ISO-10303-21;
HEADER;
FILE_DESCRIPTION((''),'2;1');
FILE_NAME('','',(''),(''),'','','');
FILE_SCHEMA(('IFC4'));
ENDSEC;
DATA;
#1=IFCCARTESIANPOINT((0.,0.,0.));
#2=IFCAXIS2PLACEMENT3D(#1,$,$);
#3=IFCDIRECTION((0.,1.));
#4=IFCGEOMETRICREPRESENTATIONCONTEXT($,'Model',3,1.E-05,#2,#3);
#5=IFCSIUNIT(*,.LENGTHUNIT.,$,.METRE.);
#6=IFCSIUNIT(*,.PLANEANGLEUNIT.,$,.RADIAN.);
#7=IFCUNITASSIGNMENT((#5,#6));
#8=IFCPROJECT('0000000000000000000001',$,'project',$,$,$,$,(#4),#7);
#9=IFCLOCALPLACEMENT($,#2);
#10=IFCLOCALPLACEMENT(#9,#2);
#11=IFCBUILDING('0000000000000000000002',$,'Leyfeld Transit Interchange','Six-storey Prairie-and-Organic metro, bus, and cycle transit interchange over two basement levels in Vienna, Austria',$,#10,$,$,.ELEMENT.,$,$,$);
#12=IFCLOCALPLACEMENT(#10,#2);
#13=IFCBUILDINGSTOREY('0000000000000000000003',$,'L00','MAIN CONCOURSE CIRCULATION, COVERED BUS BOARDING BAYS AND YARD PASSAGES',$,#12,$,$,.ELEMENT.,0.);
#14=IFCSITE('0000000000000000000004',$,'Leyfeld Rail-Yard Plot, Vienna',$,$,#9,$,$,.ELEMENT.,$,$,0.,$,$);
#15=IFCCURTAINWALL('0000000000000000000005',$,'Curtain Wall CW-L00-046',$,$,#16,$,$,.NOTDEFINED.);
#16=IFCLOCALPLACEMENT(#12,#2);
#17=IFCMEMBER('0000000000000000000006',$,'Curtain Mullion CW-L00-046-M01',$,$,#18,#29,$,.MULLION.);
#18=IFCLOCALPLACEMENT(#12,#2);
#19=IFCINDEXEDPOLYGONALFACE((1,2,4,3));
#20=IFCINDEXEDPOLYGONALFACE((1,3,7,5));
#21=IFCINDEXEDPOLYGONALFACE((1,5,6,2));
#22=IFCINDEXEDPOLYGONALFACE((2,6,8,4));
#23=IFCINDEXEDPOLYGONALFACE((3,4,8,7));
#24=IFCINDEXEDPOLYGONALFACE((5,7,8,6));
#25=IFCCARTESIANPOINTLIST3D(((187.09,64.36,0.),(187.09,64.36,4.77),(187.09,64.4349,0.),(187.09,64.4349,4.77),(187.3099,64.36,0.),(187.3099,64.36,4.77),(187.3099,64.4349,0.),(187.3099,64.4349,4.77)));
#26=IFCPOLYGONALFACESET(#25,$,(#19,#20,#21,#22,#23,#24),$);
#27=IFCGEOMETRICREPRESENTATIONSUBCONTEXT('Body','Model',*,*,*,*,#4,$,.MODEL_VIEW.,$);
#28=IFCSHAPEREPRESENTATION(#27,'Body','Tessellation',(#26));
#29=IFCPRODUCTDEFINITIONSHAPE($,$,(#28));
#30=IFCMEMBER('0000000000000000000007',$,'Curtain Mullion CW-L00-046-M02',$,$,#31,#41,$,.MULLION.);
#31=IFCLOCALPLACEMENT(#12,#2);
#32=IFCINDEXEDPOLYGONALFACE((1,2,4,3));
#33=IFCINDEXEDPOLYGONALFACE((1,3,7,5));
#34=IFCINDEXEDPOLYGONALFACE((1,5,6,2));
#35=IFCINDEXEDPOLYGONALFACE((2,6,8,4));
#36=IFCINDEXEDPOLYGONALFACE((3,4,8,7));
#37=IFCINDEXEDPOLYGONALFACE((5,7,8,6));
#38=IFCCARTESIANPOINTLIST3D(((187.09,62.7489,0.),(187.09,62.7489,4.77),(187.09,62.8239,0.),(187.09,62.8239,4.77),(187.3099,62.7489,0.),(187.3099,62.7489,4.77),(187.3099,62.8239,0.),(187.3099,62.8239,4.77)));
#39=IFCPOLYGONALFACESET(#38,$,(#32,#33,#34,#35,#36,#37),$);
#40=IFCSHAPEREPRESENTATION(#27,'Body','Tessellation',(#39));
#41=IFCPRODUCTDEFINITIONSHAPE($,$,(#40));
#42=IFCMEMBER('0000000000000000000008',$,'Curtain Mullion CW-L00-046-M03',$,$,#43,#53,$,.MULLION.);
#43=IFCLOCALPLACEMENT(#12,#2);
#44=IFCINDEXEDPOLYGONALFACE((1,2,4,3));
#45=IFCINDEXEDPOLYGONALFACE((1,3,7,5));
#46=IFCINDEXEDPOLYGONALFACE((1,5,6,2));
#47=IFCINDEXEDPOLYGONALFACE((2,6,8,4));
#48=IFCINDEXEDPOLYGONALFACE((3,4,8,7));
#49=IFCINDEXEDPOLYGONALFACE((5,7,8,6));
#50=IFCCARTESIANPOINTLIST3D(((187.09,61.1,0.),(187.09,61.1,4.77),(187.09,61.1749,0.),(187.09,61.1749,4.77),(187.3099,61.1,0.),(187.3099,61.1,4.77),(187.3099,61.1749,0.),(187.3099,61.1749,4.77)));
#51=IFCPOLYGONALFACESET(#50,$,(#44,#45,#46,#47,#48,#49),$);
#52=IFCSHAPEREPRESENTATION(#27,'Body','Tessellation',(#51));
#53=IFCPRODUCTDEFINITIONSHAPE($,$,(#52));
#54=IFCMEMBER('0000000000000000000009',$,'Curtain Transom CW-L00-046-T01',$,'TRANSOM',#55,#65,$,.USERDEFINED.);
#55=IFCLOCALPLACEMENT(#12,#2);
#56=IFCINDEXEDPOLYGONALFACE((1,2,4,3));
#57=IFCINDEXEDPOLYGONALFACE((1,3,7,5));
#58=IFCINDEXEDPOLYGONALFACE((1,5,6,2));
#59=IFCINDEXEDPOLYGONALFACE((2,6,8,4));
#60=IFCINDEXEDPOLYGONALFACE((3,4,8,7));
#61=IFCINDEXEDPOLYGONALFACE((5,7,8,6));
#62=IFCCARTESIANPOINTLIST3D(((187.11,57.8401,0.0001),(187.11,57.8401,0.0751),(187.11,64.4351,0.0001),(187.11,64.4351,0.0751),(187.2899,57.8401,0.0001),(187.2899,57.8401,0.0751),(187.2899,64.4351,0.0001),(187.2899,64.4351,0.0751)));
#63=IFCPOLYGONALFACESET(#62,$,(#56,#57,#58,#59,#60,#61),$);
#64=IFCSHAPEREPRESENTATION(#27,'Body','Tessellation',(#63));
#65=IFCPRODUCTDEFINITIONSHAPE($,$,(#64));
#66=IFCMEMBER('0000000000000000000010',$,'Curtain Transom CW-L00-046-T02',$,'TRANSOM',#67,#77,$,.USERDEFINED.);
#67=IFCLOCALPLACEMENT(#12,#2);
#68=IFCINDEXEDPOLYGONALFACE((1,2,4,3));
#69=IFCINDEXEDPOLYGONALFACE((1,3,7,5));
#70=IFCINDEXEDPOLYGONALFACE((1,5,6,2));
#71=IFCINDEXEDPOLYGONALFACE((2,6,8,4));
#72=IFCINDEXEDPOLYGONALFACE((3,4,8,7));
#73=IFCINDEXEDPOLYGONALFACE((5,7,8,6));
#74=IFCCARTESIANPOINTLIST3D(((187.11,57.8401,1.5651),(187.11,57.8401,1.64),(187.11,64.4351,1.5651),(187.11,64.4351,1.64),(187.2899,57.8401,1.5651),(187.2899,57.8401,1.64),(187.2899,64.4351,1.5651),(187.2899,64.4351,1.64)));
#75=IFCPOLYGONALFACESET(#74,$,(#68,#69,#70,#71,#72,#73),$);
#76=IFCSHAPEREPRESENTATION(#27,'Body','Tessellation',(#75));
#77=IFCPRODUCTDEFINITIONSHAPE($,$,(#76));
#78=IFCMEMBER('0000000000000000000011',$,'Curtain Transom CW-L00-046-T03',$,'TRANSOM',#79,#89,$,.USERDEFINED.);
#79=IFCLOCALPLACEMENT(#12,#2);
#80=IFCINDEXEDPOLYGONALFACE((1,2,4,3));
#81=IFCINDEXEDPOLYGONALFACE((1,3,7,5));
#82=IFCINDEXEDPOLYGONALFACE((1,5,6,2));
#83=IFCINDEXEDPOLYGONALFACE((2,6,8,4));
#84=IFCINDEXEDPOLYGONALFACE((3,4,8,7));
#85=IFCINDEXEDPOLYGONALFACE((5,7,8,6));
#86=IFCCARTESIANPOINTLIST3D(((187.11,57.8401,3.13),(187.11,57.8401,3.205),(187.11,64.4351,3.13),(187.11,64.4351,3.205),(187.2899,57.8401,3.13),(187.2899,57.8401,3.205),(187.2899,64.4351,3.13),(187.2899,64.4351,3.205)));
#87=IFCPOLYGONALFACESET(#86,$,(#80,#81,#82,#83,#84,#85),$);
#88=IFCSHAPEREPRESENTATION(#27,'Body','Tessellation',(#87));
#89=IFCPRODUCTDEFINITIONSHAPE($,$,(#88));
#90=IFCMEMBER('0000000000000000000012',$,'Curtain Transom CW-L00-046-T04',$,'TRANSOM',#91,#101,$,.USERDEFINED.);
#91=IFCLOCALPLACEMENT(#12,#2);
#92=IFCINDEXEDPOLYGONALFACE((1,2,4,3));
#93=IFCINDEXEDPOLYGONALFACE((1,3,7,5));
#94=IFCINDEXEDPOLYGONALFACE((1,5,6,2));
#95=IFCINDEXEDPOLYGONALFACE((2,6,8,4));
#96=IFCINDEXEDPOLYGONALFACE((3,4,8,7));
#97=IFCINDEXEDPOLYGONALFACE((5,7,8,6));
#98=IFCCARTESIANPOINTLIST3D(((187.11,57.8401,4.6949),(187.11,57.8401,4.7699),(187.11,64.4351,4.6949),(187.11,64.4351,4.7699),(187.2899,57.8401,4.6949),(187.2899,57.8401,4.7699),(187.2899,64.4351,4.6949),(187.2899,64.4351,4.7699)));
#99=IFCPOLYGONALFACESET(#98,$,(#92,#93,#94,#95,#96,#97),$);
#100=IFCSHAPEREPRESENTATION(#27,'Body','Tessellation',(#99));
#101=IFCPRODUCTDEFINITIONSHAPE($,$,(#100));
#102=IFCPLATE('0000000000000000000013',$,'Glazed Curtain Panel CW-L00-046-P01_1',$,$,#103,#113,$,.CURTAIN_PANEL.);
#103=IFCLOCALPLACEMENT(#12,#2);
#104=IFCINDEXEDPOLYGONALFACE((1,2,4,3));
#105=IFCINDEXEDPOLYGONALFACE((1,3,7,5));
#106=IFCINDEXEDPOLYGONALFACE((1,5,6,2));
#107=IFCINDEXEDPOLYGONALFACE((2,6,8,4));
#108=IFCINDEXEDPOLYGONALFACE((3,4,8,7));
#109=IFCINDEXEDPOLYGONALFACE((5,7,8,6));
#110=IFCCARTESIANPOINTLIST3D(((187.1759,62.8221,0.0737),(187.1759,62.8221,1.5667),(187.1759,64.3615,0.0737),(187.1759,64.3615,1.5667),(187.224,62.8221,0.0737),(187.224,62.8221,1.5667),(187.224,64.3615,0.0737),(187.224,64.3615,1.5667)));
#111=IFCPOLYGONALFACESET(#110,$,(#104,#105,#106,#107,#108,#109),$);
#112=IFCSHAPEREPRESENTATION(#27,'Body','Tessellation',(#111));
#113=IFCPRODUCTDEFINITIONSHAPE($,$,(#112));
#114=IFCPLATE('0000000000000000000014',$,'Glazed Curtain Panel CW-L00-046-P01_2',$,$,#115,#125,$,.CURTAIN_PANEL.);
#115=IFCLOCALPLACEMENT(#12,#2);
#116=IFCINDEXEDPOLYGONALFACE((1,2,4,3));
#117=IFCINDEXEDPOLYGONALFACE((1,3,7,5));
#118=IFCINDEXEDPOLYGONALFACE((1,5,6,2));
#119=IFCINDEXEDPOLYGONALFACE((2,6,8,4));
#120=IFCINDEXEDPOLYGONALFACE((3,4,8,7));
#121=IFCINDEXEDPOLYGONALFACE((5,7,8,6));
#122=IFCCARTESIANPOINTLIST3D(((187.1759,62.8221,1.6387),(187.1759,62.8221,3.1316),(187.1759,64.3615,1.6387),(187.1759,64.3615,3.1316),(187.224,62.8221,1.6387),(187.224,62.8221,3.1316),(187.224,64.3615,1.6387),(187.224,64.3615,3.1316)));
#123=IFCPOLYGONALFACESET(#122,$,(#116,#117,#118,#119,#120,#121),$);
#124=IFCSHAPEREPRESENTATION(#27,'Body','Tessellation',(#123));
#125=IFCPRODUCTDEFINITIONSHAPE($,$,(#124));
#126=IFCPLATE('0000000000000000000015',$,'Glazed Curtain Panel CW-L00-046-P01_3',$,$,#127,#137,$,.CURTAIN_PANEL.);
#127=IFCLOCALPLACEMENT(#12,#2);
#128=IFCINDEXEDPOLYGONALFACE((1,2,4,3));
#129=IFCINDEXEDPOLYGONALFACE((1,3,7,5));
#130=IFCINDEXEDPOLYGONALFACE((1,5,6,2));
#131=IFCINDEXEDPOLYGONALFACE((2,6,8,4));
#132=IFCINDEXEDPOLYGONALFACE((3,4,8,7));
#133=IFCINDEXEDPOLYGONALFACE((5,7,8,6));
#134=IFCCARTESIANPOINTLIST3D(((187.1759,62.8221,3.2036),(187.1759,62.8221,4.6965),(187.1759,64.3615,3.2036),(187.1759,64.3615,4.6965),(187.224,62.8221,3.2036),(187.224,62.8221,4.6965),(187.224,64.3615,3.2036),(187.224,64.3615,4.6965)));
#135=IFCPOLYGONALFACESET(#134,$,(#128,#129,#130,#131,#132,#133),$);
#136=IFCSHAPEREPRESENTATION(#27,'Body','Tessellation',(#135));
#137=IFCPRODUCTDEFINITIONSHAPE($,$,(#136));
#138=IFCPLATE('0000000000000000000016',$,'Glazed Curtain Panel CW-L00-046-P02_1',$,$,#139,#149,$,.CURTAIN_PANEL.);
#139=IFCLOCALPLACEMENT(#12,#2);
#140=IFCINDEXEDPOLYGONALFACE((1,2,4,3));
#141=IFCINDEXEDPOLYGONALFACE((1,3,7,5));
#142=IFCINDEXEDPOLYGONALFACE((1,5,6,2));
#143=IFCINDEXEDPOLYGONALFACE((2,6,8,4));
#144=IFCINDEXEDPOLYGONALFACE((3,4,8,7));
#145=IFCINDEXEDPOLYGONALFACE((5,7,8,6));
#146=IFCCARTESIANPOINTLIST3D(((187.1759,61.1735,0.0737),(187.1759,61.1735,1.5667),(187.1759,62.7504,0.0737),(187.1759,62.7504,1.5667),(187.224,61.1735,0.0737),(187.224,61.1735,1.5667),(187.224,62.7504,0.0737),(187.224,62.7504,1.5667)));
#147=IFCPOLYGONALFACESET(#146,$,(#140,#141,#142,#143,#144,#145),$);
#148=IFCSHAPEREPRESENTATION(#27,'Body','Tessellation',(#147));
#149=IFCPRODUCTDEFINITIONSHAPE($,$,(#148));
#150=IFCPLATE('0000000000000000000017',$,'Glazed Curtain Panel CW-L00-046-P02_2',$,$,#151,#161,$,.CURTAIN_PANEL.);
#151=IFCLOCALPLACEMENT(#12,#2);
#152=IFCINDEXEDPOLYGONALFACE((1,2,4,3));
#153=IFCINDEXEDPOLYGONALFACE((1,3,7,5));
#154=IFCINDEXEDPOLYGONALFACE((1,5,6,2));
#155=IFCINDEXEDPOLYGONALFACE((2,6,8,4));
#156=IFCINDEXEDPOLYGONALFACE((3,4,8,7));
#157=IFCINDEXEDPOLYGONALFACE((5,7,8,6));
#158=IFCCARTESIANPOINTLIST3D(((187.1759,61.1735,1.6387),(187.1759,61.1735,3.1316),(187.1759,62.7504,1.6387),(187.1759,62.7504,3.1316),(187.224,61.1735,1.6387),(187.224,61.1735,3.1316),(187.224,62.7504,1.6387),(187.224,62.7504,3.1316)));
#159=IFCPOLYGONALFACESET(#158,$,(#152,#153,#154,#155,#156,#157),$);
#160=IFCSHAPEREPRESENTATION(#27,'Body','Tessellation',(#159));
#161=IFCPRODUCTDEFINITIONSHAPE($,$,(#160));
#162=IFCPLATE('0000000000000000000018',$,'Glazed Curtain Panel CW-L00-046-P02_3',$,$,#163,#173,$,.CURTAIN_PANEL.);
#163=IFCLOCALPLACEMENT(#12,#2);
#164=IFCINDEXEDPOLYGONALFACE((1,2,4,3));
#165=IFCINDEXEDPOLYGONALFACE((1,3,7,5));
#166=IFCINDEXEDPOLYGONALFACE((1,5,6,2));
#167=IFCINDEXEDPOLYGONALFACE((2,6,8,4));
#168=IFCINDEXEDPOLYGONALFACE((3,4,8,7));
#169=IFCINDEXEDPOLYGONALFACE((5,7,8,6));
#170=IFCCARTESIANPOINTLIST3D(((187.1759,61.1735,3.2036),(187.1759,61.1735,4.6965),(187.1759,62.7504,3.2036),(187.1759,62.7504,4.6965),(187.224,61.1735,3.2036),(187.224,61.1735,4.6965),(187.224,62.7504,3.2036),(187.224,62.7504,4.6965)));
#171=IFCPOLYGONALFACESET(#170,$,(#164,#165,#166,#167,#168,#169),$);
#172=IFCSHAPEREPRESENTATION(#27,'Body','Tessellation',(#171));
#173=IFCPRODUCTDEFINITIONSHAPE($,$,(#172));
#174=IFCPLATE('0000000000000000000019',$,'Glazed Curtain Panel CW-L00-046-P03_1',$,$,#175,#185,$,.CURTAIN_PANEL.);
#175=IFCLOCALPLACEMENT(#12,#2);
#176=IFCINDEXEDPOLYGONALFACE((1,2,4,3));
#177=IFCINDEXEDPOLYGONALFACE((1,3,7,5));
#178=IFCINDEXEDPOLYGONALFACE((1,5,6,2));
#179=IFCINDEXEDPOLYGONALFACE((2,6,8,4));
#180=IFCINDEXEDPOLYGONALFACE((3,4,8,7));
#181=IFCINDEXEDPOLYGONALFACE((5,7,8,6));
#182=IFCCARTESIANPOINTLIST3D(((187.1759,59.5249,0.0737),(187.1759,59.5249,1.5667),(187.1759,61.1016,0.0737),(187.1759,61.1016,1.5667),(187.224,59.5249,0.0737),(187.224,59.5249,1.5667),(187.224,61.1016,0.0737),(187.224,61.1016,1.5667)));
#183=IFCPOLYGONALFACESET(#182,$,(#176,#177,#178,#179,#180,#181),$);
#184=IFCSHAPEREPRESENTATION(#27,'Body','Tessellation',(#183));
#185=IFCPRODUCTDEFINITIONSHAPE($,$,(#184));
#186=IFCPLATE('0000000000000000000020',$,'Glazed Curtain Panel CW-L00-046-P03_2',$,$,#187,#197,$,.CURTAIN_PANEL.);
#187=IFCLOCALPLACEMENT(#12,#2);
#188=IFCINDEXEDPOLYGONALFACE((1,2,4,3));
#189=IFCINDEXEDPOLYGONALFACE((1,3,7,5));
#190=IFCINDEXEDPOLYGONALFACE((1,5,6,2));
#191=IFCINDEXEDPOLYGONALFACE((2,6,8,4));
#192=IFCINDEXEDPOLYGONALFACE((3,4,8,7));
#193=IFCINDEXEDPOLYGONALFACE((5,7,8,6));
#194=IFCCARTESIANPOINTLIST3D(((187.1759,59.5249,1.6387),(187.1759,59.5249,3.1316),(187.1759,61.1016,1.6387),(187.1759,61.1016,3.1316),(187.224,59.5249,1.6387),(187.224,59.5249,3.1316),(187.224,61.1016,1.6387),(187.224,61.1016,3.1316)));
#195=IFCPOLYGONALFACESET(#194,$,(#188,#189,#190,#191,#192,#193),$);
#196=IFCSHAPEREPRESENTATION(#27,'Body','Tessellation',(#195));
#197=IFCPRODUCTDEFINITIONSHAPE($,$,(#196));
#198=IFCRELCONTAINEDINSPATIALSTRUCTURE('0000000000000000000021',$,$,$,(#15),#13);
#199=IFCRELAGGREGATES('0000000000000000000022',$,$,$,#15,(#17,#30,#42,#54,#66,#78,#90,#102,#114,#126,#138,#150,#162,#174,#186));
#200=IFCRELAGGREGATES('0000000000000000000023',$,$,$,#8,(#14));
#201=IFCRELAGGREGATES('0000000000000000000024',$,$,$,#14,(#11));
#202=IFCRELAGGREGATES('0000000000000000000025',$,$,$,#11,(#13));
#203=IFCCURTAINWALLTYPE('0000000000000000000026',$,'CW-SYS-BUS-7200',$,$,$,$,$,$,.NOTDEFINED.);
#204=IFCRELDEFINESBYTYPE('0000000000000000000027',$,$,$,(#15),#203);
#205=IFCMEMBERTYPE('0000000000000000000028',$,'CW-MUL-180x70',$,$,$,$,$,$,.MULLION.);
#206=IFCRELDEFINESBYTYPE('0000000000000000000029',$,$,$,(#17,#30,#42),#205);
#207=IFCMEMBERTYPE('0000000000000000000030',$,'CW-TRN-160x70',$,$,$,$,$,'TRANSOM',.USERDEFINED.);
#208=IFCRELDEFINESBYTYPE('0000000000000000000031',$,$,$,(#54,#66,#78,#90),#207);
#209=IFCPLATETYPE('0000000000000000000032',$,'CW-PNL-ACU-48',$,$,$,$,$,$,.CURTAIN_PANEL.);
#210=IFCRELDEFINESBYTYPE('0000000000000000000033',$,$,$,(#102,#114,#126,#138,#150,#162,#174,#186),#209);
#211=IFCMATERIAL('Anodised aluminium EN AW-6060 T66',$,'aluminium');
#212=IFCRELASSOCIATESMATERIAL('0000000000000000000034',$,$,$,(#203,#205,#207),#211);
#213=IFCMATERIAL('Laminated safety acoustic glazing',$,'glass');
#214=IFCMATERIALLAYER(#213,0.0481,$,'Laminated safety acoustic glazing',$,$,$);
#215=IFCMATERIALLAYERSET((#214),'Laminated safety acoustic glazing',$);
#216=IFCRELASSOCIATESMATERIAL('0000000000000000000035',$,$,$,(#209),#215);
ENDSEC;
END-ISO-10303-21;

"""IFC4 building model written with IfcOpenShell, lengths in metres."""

from ifc_helpers import new_model, si_unit, direction, frame, origin, origin_2d, place, context, subcontext, project, spatial, rectangle, extrude, material, layer, layer_set, material_profile, profile_set, type_object, element, aggregate, save


model = new_model("IFC4")

# Units and contexts
model_context = context("Model", 3, precision=1e-05, world=origin(), true_north=direction((0.0, 1.0)))
body_context = subcontext(model_context, "Body", "Model", "MODEL_VIEW")
ifc_project = project(units=[si_unit("LENGTHUNIT", "METRE"), si_unit("PLANEANGLEUNIT", "RADIAN")], contexts=[model_context])

# Site, building, storey
site_placement = place(None, origin())
site = spatial("IfcSite", under=ifc_project, at=site_placement, Name="Leyfeld Rail-Yard Plot, Vienna", CompositionType="ELEMENT", RefElevation=0.0)
building_placement = place(site_placement, origin())
building = spatial("IfcBuilding", under=site, at=building_placement, Name="Leyfeld Transit Interchange", Description="Six-storey Prairie-and-Organic metro, bus, and cycle transit interchange over two basement levels in Vienna, Austria", CompositionType="ELEMENT")
storey_placement = place(building_placement, origin())
storey = spatial("IfcBuildingStorey", under=building, at=storey_placement, Name="L00", Description="MAIN CONCOURSE CIRCULATION, COVERED BUS BOARDING BAYS AND YARD PASSAGES", CompositionType="ELEMENT", Elevation=0.0)

# Curtain wall, members, plates
ifc_material_1 = material(Name="Anodised aluminium EN AW-6060 T66", Category="aluminium")
curtain_wall_type = type_object("IfcCurtainWallType", Name="CW-SYS-BUS-7200", PredefinedType="NOTDEFINED", material=ifc_material_1)
curtain_wall_placement = place(storey_placement, origin())
curtain_wall = element("IfcCurtainWall", 1, at=curtain_wall_placement, inside=storey, type_object=curtain_wall_type, Name="Curtain Wall CW-L00-046", PredefinedType="NOTDEFINED")
ifc_material_profile_1 = material_profile(ifc_material_1, rectangle(XDim=0.075, YDim=0.22, at=origin_2d()), Name="CW-M 75x220")
ifc_profile_set_1 = profile_set([ifc_material_profile_1], Name="Anodised aluminium EN AW-6060 T66")
member_type_1 = type_object("IfcMemberType", Name="CW-MUL-180x70", PredefinedType="MULLION", material=ifc_profile_set_1)
member_1_placement = place(storey_placement, frame((187.2, 64.3975, 0.0), z_axis=(0.0, 0.0, 1.0), x_axis=(0.0, -1.0, 0.0)))
member_1 = element("IfcMember", 2, at=member_1_placement, type_object=member_type_1, Name="Curtain Mullion CW-L00-046-M01", PredefinedType="MULLION", context=body_context, shape_type="SweptSolid", body=[
    extrude(rectangle(XDim=0.075, YDim=0.22, at=origin_2d()), origin(), (0.0, 0.0, 1.0), 4.77),
])
member_2_placement = place(storey_placement, frame((187.2, 62.7864, 0.0), z_axis=(0.0, 0.0, 1.0), x_axis=(0.0, -1.0, 0.0)))
member_2 = element("IfcMember", 3, at=member_2_placement, type_object=member_type_1, Name="Curtain Mullion CW-L00-046-M02", PredefinedType="MULLION", context=body_context, shape_type="SweptSolid", body=[
    extrude(rectangle(XDim=0.075, YDim=0.22, at=origin_2d()), origin(), (0.0, 0.0, 1.0), 4.77),
])
member_3_placement = place(storey_placement, frame((187.2, 61.1375, 0.0), z_axis=(0.0, 0.0, 1.0), x_axis=(0.0, -1.0, 0.0)))
member_3 = element("IfcMember", 4, at=member_3_placement, type_object=member_type_1, Name="Curtain Mullion CW-L00-046-M03", PredefinedType="MULLION", context=body_context, shape_type="SweptSolid", body=[
    extrude(rectangle(XDim=0.075, YDim=0.22, at=origin_2d()), origin(), (0.0, 0.0, 1.0), 4.77),
])
ifc_material_profile_2 = material_profile(ifc_material_1, rectangle(XDim=0.1799, YDim=0.075, at=origin_2d()), Name="CW-TRN-160x70")
ifc_profile_set_2 = profile_set([ifc_material_profile_2], Name="Anodised aluminium EN AW-6060 T66")
member_type_2 = type_object("IfcMemberType", Name="CW-TRN-160x70", ElementType="TRANSOM", PredefinedType="USERDEFINED", material=ifc_profile_set_2)
member_4_placement = place(storey_placement, frame((187.2, 64.4351, 0.0376), z_axis=(0.0, -1.0, 0.0), x_axis=(1.0, 0.0, 0.0)))
member_4 = element("IfcMember", 5, at=member_4_placement, type_object=member_type_2, Name="Curtain Transom CW-L00-046-T01", ObjectType="TRANSOM", PredefinedType="USERDEFINED", context=body_context, shape_type="SweptSolid", body=[
    extrude(rectangle(XDim=0.1799, YDim=0.075, at=origin_2d()), origin(), (0.0, 0.0, 1.0), 6.595),
])
member_5_placement = place(storey_placement, frame((187.2, 64.4351, 1.6025), z_axis=(0.0, -1.0, 0.0), x_axis=(1.0, 0.0, 0.0)))
member_5 = element("IfcMember", 6, at=member_5_placement, type_object=member_type_2, Name="Curtain Transom CW-L00-046-T02", ObjectType="TRANSOM", PredefinedType="USERDEFINED", context=body_context, shape_type="SweptSolid", body=[
    extrude(rectangle(XDim=0.1799, YDim=0.075, at=origin_2d()), origin(), (0.0, 0.0, 1.0), 6.595),
])
member_6_placement = place(storey_placement, frame((187.2, 64.4351, 3.1675), z_axis=(0.0, -1.0, 0.0), x_axis=(1.0, 0.0, 0.0)))
member_6 = element("IfcMember", 7, at=member_6_placement, type_object=member_type_2, Name="Curtain Transom CW-L00-046-T03", ObjectType="TRANSOM", PredefinedType="USERDEFINED", context=body_context, shape_type="SweptSolid", body=[
    extrude(rectangle(XDim=0.1799, YDim=0.075, at=origin_2d()), origin(), (0.0, 0.0, 1.0), 6.595),
])
member_7_placement = place(storey_placement, frame((187.2, 64.4351, 4.7324), z_axis=(0.0, -1.0, 0.0), x_axis=(1.0, 0.0, 0.0)))
member_7 = element("IfcMember", 8, at=member_7_placement, type_object=member_type_2, Name="Curtain Transom CW-L00-046-T04", ObjectType="TRANSOM", PredefinedType="USERDEFINED", context=body_context, shape_type="SweptSolid", body=[
    extrude(rectangle(XDim=0.1799, YDim=0.075, at=origin_2d()), origin(), (0.0, 0.0, 1.0), 6.595),
])
ifc_material_2 = material(Name="Laminated safety acoustic glazing", Category="glass")
ifc_layer = layer(ifc_material_2, 0.0481, Name="Laminated safety acoustic glazing")
ifc_layer_set = layer_set([ifc_layer], Name="Laminated safety acoustic glazing")
plate_type = type_object("IfcPlateType", Name="CW-PNL-ACU-48", PredefinedType="CURTAIN_PANEL", material=ifc_layer_set)
plate_1_placement = place(storey_placement, frame((187.2, 63.5918, 0.0737), z_axis=(0.0, 0.0, 1.0), x_axis=(0.0, -1.0, 0.0)))
plate_1 = element("IfcPlate", 9, at=plate_1_placement, type_object=plate_type, Name="Glazed Curtain Panel CW-L00-046-P01_1", PredefinedType="CURTAIN_PANEL", context=body_context, shape_type="SweptSolid", body=[
    extrude(rectangle(XDim=1.5393, YDim=0.0481, at=origin_2d()), origin(), (0.0, 0.0, 1.0), 1.4929),
])
plate_2_placement = place(storey_placement, frame((187.2, 63.5918, 1.6387), z_axis=(0.0, 0.0, 1.0), x_axis=(0.0, -1.0, 0.0)))
plate_2 = element("IfcPlate", 10, at=plate_2_placement, type_object=plate_type, Name="Glazed Curtain Panel CW-L00-046-P01_2", PredefinedType="CURTAIN_PANEL", context=body_context, shape_type="SweptSolid", body=[
    extrude(rectangle(XDim=1.5393, YDim=0.0481, at=origin_2d()), origin(), (0.0, 0.0, 1.0), 1.4929),
])
plate_3_placement = place(storey_placement, frame((187.2, 63.5918, 3.2036), z_axis=(0.0, 0.0, 1.0), x_axis=(0.0, -1.0, 0.0)))
plate_3 = element("IfcPlate", 11, at=plate_3_placement, type_object=plate_type, Name="Glazed Curtain Panel CW-L00-046-P01_3", PredefinedType="CURTAIN_PANEL", context=body_context, shape_type="SweptSolid", body=[
    extrude(rectangle(XDim=1.5393, YDim=0.0481, at=origin_2d()), origin(), (0.0, 0.0, 1.0), 1.4929),
])
plate_4_placement = place(storey_placement, frame((187.2, 61.9619, 0.0737), z_axis=(0.0, 0.0, 1.0), x_axis=(0.0, -1.0, 0.0)))
plate_4 = element("IfcPlate", 12, at=plate_4_placement, type_object=plate_type, Name="Glazed Curtain Panel CW-L00-046-P02_1", PredefinedType="CURTAIN_PANEL", context=body_context, shape_type="SweptSolid", body=[
    extrude(rectangle(XDim=1.5769, YDim=0.0481, at=origin_2d()), origin(), (0.0, 0.0, 1.0), 1.4929),
])
plate_5_placement = place(storey_placement, frame((187.2, 61.9619, 1.6387), z_axis=(0.0, 0.0, 1.0), x_axis=(0.0, -1.0, 0.0)))
plate_5 = element("IfcPlate", 13, at=plate_5_placement, type_object=plate_type, Name="Glazed Curtain Panel CW-L00-046-P02_2", PredefinedType="CURTAIN_PANEL", context=body_context, shape_type="SweptSolid", body=[
    extrude(rectangle(XDim=1.5769, YDim=0.0481, at=origin_2d()), origin(), (0.0, 0.0, 1.0), 1.4929),
])
plate_6_placement = place(storey_placement, frame((187.2, 61.9619, 3.2036), z_axis=(0.0, 0.0, 1.0), x_axis=(0.0, -1.0, 0.0)))
plate_6 = element("IfcPlate", 14, at=plate_6_placement, type_object=plate_type, Name="Glazed Curtain Panel CW-L00-046-P02_3", PredefinedType="CURTAIN_PANEL", context=body_context, shape_type="SweptSolid", body=[
    extrude(rectangle(XDim=1.5769, YDim=0.0481, at=origin_2d()), origin(), (0.0, 0.0, 1.0), 1.4929),
])
plate_7_placement = place(storey_placement, frame((187.2, 60.3132, 0.0737), z_axis=(0.0, 0.0, 1.0), x_axis=(0.0, -1.0, 0.0)))
plate_7 = element("IfcPlate", 15, at=plate_7_placement, type_object=plate_type, Name="Glazed Curtain Panel CW-L00-046-P03_1", PredefinedType="CURTAIN_PANEL", context=body_context, shape_type="SweptSolid", body=[
    extrude(rectangle(XDim=1.5767, YDim=0.0481, at=origin_2d()), origin(), (0.0, 0.0, 1.0), 1.4929),
])
plate_8_placement = place(storey_placement, frame((187.2, 60.3132, 1.6387), z_axis=(0.0, 0.0, 1.0), x_axis=(0.0, -1.0, 0.0)))
plate_8 = element("IfcPlate", 16, at=plate_8_placement, type_object=plate_type, Name="Glazed Curtain Panel CW-L00-046-P03_2", PredefinedType="CURTAIN_PANEL", context=body_context, shape_type="SweptSolid", body=[
    extrude(rectangle(XDim=1.5767, YDim=0.0481, at=origin_2d()), origin(), (0.0, 0.0, 1.0), 1.4929),
])
aggregate(curtain_wall, [member_1, member_2, member_3, member_4, member_5, member_6, member_7, plate_1, plate_2, plate_3, plate_4, plate_5, plate_6, plate_7, plate_8])

save(model, "model.ifc")
